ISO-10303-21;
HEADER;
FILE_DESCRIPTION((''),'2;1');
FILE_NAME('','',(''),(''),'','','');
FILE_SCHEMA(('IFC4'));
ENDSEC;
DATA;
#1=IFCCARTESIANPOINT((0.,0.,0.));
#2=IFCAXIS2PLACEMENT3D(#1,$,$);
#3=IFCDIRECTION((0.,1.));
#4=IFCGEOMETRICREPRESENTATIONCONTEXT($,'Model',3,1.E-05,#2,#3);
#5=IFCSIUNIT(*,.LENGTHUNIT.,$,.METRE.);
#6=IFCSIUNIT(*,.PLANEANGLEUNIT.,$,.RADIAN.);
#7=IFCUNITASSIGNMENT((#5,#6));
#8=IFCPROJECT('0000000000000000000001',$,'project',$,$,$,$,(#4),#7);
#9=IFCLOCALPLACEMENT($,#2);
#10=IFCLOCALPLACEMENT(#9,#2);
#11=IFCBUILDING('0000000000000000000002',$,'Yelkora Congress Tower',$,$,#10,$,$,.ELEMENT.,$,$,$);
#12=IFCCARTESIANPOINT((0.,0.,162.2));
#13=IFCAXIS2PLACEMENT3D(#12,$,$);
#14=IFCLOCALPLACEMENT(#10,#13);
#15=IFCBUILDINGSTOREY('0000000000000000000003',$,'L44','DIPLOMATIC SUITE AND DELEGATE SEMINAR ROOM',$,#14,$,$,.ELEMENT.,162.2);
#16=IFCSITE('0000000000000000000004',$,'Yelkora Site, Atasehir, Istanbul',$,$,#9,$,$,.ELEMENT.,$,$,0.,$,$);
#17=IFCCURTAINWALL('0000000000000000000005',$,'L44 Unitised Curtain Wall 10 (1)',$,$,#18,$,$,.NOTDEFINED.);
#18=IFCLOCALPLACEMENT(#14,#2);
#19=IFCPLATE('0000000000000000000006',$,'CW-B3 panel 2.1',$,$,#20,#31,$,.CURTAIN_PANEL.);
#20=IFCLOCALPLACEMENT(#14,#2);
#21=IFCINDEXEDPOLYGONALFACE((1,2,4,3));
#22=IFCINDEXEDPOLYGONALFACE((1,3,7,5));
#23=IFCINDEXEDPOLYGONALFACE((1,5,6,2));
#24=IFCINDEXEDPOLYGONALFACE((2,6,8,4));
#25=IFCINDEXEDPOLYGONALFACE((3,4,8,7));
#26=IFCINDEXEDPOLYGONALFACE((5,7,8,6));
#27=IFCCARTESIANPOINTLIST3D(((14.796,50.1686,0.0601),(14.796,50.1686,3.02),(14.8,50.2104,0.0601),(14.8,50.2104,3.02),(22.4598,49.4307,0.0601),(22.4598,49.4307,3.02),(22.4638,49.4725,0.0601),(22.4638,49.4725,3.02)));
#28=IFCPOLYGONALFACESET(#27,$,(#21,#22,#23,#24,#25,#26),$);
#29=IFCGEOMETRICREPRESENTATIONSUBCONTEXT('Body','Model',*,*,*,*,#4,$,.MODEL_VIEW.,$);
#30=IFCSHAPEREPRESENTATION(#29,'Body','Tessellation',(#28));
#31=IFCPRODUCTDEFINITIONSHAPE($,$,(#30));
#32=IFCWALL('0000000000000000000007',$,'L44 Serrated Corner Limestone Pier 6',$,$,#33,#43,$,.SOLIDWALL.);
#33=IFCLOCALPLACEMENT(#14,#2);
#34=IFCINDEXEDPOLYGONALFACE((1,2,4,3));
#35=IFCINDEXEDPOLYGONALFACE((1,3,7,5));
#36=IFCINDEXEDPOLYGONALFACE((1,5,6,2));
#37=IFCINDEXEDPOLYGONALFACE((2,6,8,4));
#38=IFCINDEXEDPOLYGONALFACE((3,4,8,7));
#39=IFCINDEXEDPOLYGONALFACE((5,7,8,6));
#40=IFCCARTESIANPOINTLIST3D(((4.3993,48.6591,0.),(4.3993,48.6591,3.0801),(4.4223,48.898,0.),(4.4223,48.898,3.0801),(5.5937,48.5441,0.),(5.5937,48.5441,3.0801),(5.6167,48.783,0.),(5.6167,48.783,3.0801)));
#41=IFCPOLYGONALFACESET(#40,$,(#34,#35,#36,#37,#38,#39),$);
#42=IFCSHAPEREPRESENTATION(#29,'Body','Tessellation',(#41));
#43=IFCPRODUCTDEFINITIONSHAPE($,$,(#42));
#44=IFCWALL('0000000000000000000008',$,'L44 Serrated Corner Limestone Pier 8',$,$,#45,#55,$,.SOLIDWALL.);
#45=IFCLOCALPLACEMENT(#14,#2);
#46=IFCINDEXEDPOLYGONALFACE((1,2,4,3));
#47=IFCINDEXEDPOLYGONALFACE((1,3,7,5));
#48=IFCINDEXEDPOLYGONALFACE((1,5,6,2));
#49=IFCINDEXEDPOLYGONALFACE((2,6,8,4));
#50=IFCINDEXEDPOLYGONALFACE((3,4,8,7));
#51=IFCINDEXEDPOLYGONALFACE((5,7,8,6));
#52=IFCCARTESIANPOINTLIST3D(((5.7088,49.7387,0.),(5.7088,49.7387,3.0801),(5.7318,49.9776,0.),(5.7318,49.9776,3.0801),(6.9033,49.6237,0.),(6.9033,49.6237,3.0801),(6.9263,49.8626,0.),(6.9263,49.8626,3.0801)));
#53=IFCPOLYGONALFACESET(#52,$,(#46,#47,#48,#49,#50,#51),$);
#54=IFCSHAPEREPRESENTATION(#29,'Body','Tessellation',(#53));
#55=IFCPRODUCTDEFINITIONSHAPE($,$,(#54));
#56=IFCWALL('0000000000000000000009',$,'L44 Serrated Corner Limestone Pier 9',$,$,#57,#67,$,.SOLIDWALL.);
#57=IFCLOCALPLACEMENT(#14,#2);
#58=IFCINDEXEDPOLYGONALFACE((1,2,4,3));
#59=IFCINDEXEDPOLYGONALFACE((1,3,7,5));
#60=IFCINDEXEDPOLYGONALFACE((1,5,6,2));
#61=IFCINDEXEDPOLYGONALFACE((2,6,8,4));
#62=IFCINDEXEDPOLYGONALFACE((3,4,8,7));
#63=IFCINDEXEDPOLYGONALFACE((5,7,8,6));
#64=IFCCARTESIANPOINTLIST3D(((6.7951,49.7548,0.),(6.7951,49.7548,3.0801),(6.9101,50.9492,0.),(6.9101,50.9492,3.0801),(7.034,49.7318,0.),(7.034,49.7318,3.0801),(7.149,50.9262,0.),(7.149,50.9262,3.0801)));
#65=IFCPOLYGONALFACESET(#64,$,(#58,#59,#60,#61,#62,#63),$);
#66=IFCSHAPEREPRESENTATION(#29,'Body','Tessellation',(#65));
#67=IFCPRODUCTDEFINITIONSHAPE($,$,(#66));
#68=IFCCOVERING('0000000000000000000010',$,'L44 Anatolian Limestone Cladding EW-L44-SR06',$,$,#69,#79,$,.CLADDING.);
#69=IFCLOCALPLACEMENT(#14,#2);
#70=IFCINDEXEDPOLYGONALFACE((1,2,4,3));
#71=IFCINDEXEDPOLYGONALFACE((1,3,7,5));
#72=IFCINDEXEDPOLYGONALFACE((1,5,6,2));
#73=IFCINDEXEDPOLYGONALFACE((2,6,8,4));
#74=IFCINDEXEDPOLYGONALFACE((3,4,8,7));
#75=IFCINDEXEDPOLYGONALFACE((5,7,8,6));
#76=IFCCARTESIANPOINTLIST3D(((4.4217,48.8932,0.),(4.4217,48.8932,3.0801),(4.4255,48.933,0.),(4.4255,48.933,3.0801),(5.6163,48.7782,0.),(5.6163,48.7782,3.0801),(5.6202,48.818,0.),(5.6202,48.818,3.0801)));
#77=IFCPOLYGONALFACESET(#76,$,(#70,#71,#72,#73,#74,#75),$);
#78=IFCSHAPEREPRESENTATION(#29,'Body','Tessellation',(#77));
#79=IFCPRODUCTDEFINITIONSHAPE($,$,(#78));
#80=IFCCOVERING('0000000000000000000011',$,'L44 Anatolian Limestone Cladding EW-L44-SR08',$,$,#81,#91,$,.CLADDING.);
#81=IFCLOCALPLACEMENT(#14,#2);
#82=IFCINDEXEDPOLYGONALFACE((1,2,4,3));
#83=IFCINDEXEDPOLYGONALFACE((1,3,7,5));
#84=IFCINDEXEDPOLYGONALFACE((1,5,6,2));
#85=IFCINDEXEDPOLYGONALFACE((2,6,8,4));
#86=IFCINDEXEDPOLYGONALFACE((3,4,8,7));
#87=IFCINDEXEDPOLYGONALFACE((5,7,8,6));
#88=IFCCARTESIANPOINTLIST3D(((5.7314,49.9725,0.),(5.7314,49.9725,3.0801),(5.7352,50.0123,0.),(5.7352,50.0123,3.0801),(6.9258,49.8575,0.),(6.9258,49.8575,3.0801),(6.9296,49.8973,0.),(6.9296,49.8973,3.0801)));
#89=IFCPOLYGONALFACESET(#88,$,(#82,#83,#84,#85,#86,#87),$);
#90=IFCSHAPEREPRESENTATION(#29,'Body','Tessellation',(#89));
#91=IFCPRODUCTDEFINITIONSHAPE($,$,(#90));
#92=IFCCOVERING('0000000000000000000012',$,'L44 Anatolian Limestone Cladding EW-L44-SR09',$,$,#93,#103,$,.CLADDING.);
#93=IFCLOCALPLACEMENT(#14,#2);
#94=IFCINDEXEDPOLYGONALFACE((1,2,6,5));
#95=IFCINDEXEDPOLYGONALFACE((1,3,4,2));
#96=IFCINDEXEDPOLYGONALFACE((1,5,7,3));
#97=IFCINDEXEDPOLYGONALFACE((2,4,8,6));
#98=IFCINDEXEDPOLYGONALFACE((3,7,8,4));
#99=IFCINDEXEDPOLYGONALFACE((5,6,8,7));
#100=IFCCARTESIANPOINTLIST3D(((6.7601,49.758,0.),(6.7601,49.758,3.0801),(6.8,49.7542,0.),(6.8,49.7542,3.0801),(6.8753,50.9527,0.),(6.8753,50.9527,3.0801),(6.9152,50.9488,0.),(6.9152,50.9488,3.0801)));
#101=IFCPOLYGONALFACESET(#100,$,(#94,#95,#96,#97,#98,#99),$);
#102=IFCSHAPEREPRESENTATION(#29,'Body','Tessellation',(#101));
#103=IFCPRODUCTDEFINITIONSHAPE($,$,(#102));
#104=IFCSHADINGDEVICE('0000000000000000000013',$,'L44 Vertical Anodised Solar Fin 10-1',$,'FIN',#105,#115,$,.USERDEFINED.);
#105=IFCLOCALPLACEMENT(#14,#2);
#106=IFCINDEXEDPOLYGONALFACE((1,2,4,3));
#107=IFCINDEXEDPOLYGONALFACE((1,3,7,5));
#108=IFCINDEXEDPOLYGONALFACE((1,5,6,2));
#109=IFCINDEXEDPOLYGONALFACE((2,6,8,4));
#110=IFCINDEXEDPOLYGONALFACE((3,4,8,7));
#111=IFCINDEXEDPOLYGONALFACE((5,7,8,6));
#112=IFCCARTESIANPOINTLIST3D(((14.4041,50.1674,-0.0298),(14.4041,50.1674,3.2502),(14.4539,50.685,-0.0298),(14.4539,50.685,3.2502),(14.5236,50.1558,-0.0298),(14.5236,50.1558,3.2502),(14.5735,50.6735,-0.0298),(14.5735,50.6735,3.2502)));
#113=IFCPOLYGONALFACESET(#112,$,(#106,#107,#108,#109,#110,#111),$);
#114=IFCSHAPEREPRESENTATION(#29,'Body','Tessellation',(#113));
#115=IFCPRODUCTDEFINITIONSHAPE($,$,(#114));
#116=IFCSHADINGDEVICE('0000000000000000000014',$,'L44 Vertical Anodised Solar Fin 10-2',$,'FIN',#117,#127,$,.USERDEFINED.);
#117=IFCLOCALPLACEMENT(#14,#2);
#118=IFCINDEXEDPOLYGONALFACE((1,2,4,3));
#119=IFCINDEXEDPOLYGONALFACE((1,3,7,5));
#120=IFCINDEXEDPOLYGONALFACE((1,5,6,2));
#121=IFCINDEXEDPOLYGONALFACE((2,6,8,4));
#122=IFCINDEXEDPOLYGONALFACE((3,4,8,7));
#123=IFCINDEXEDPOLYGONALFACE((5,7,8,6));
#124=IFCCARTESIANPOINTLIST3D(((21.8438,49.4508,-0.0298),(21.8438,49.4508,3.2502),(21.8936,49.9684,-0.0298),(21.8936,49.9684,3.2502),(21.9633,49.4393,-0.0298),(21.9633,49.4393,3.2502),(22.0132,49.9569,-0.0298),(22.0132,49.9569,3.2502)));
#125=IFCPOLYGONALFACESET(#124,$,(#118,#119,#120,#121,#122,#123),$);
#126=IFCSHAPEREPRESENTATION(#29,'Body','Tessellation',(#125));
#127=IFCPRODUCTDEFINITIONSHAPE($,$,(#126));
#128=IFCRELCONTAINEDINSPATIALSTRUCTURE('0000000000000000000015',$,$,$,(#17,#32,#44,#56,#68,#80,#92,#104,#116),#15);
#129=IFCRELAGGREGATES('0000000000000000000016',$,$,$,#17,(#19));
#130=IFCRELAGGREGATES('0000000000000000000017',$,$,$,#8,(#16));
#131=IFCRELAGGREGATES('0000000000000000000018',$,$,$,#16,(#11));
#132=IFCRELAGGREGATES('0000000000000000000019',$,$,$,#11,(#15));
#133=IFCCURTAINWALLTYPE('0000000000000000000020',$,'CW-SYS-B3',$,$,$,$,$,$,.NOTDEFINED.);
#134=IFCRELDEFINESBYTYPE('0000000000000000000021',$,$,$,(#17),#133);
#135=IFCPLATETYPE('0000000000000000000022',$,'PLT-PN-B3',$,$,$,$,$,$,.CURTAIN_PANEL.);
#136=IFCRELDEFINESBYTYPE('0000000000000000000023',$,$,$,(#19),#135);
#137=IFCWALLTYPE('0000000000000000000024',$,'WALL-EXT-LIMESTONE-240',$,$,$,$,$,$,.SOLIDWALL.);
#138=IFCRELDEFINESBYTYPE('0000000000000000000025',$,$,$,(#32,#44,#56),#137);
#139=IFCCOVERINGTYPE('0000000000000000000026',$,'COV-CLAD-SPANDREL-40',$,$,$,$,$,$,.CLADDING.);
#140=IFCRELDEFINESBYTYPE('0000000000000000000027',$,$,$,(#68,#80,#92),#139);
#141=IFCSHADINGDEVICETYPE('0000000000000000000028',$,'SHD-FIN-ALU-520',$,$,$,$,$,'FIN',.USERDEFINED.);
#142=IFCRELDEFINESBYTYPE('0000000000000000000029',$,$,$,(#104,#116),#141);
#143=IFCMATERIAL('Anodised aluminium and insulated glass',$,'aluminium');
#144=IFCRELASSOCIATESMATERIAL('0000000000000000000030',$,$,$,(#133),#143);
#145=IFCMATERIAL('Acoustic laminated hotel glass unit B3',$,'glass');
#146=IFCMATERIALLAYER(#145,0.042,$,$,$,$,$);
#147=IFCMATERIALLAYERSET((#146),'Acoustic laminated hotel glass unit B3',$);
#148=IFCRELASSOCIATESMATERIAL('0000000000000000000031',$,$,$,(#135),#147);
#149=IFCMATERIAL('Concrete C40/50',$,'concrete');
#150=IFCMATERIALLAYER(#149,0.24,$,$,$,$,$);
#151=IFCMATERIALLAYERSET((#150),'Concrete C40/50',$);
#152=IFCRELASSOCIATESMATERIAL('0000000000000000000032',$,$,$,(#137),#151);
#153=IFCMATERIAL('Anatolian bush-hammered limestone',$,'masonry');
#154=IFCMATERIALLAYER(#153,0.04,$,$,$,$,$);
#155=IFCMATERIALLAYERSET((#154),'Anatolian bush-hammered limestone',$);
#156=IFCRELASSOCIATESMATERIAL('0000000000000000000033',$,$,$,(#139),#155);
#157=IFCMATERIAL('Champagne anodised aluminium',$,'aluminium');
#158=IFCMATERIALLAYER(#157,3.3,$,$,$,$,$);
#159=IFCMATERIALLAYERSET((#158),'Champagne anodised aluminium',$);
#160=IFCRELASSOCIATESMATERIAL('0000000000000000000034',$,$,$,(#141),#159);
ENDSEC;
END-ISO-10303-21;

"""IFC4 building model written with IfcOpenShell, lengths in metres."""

from ifc_helpers import new_model, si_unit, direction, frame, frame_2d, origin, origin_2d, place, context, subcontext, project, spatial, rectangle, extrude, material, layer, layer_set, type_object, element, aggregate, save


model = new_model("IFC4")

# Units and contexts
model_context = context("Model", 3, precision=1e-05, world=origin(), true_north=direction((0.0, 1.0)))
body_context = subcontext(model_context, "Body", "Model", "MODEL_VIEW")
ifc_project = project(units=[si_unit("LENGTHUNIT", "METRE"), si_unit("PLANEANGLEUNIT", "RADIAN")], contexts=[model_context])

# Site, building, storey
site_placement = place(None, origin())
site = spatial("IfcSite", under=ifc_project, at=site_placement, Name="Yelkora Site, Atasehir, Istanbul", CompositionType="ELEMENT", RefElevation=0.0)
building_placement = place(site_placement, origin())
building = spatial("IfcBuilding", under=site, at=building_placement, Name="Yelkora Congress Tower", CompositionType="ELEMENT")
storey_placement = place(building_placement, frame((0.0, 0.0, 162.2)))
storey = spatial("IfcBuildingStorey", under=building, at=storey_placement, Name="L44", Description="DIPLOMATIC SUITE AND DELEGATE SEMINAR ROOM", CompositionType="ELEMENT", Elevation=162.2)

# Shared definitions
ifc_material_1 = material(Name="Anodised aluminium and insulated glass", Category="aluminium")
curtain_wall_type = type_object("IfcCurtainWallType", Name="CW-SYS-B3", PredefinedType="NOTDEFINED", material=ifc_material_1)

# Curtain wall, plate
curtain_wall_1_placement = place(storey_placement, origin())
curtain_wall_1 = element("IfcCurtainWall", 1, at=curtain_wall_1_placement, inside=storey, type_object=curtain_wall_type, Name="L44 Unitised Curtain Wall 10 (1)", PredefinedType="NOTDEFINED")
ifc_material_2 = material(Name="Acoustic laminated hotel glass unit B3", Category="glass")
ifc_layer_1 = layer(ifc_material_2, 0.042)
ifc_layer_set_1 = layer_set([ifc_layer_1], Name="Acoustic laminated hotel glass unit B3")
plate_type = type_object("IfcPlateType", Name="PLT-PN-B3", PredefinedType="CURTAIN_PANEL", material=ifc_layer_set_1)
plate_1_placement = place(storey_placement, frame((18.6299, 49.8206, 0.0601), z_axis=(0.0, 0.0, 1.0), x_axis=(0.995396, -0.095845, 0.0)))
plate_1 = element("IfcPlate", 2, at=plate_1_placement, type_object=plate_type, Name="CW-B3 panel 2.1", PredefinedType="CURTAIN_PANEL", context=body_context, shape_type="SweptSolid", body=[
    extrude(rectangle(XDim=7.6992, YDim=0.042, at=origin_2d()), origin(), (0.0, 0.0, 1.0), 2.96),
])
aggregate(curtain_wall_1, [plate_1])

# Walls
ifc_material_3 = material(Name="Concrete C40/50", Category="concrete")
ifc_layer_2 = layer(ifc_material_3, 0.24)
ifc_layer_set_2 = layer_set([ifc_layer_2], Name="Concrete C40/50")
wall_type = type_object("IfcWallType", Name="WALL-EXT-LIMESTONE-240", PredefinedType="SOLIDWALL", material=ifc_layer_set_2)
for number, where, z_axis, x_axis, name in (
    (3, (4.4106, 48.7786, 0.0), (0.0, 0.0, 1.0), (0.995397, -0.095836, 0.0), "L44 Serrated Corner Limestone Pier 6"),
    (4, (5.7202, 49.8582, 0.0), (0.0, 0.0, 1.0), (0.995397, -0.095836, 0.0), "L44 Serrated Corner Limestone Pier 8"),
    (5, (6.9146, 49.7432, 0.0), (0.0, 0.0, 1.0), (0.095836, 0.995397, 0.0), "L44 Serrated Corner Limestone Pier 9"),
):
    element("IfcWall", number, at=place(storey_placement, frame(where, z_axis=z_axis, x_axis=x_axis)), inside=storey, type_object=wall_type, Name=name, PredefinedType="SOLIDWALL", context=body_context, shape_type="SweptSolid", body=[
        extrude(rectangle(XDim=1.2, YDim=0.24, at=frame_2d((0.6001, 0.0))), origin(), (0.0, 0.0, 1.0), 3.0801),
    ])

# Coverings
ifc_material_4 = material(Name="Anatolian bush-hammered limestone", Category="masonry")
ifc_layer_3 = layer(ifc_material_4, 0.04)
ifc_layer_set_3 = layer_set([ifc_layer_3], Name="Anatolian bush-hammered limestone")
covering_type = type_object("IfcCoveringType", Name="COV-CLAD-SPANDREL-40", PredefinedType="CLADDING", material=ifc_layer_set_3)
covering_1_placement = place(storey_placement, frame((4.4236, 48.9131, 0.0), z_axis=(0.0, 0.0, 1.0), x_axis=(0.995399, -0.095817, 0.0)))
element("IfcCovering", 6, at=covering_1_placement, inside=storey, type_object=covering_type, Name="L44 Anatolian Limestone Cladding EW-L44-SR06", PredefinedType="CLADDING", context=body_context, shape_type="SweptSolid", body=[
    extrude(rectangle(XDim=1.2002, YDim=0.04, at=frame_2d((0.6001, 0.0))), origin(), (0.0, 0.0, 1.0), 3.0801),
])
covering_2_placement = place(storey_placement, frame((5.7332, 49.9924, 0.0), z_axis=(0.0, 0.0, 1.0), x_axis=(0.995397, -0.095836, 0.0)))
element("IfcCovering", 7, at=covering_2_placement, inside=storey, type_object=covering_type, Name="L44 Anatolian Limestone Cladding EW-L44-SR08", PredefinedType="CLADDING", context=body_context, shape_type="SweptSolid", body=[
    extrude(rectangle(XDim=1.2, YDim=0.04, at=frame_2d((0.6001, 0.0))), origin(), (0.0, 0.0, 1.0), 3.0801),
])
covering_3_placement = place(storey_placement, frame((6.78, 49.7561, 0.0), z_axis=(0.0, 0.0, 1.0), x_axis=(0.096019, 0.99538, 0.0)))
element("IfcCovering", 8, at=covering_3_placement, inside=storey, type_object=covering_type, Name="L44 Anatolian Limestone Cladding EW-L44-SR09", PredefinedType="CLADDING", context=body_context, shape_type="SweptSolid", body=[
    extrude(rectangle(XDim=1.2002, YDim=0.04, at=frame_2d((0.6001, 0.0))), origin(), (0.0, 0.0, 1.0), 3.0801),
])

# Shading devices
ifc_material_5 = material(Name="Champagne anodised aluminium", Category="aluminium")
ifc_layer_4 = layer(ifc_material_5, 3.3)
ifc_layer_set_4 = layer_set([ifc_layer_4], Name="Champagne anodised aluminium")
shading_device_type = type_object("IfcShadingDeviceType", Name="SHD-FIN-ALU-520", ElementType="FIN", PredefinedType="USERDEFINED", material=ifc_layer_set_4)
for number, where, z_axis, x_axis, name in (
    (9, (14.4888, 50.4204, -0.0298), (0.0, 0.0, 1.0), (0.995396, -0.095846, 0.0), "L44 Vertical Anodised Solar Fin 10-1"),
    (10, (21.9285, 49.7039, -0.0298), (0.0, 0.0, 1.0), (0.995396, -0.095846, 0.0), "L44 Vertical Anodised Solar Fin 10-2"),
):
    element("IfcShadingDevice", number, at=place(storey_placement, frame(where, z_axis=z_axis, x_axis=x_axis)), inside=storey, type_object=shading_device_type, Name=name, ObjectType="FIN", PredefinedType="USERDEFINED", context=body_context, shape_type="SweptSolid", body=[
        extrude(rectangle(XDim=0.1201, YDim=0.52, at=origin_2d()), origin(), (0.0, 0.0, 1.0), 3.28),
    ])

save(model, "model.ifc")
